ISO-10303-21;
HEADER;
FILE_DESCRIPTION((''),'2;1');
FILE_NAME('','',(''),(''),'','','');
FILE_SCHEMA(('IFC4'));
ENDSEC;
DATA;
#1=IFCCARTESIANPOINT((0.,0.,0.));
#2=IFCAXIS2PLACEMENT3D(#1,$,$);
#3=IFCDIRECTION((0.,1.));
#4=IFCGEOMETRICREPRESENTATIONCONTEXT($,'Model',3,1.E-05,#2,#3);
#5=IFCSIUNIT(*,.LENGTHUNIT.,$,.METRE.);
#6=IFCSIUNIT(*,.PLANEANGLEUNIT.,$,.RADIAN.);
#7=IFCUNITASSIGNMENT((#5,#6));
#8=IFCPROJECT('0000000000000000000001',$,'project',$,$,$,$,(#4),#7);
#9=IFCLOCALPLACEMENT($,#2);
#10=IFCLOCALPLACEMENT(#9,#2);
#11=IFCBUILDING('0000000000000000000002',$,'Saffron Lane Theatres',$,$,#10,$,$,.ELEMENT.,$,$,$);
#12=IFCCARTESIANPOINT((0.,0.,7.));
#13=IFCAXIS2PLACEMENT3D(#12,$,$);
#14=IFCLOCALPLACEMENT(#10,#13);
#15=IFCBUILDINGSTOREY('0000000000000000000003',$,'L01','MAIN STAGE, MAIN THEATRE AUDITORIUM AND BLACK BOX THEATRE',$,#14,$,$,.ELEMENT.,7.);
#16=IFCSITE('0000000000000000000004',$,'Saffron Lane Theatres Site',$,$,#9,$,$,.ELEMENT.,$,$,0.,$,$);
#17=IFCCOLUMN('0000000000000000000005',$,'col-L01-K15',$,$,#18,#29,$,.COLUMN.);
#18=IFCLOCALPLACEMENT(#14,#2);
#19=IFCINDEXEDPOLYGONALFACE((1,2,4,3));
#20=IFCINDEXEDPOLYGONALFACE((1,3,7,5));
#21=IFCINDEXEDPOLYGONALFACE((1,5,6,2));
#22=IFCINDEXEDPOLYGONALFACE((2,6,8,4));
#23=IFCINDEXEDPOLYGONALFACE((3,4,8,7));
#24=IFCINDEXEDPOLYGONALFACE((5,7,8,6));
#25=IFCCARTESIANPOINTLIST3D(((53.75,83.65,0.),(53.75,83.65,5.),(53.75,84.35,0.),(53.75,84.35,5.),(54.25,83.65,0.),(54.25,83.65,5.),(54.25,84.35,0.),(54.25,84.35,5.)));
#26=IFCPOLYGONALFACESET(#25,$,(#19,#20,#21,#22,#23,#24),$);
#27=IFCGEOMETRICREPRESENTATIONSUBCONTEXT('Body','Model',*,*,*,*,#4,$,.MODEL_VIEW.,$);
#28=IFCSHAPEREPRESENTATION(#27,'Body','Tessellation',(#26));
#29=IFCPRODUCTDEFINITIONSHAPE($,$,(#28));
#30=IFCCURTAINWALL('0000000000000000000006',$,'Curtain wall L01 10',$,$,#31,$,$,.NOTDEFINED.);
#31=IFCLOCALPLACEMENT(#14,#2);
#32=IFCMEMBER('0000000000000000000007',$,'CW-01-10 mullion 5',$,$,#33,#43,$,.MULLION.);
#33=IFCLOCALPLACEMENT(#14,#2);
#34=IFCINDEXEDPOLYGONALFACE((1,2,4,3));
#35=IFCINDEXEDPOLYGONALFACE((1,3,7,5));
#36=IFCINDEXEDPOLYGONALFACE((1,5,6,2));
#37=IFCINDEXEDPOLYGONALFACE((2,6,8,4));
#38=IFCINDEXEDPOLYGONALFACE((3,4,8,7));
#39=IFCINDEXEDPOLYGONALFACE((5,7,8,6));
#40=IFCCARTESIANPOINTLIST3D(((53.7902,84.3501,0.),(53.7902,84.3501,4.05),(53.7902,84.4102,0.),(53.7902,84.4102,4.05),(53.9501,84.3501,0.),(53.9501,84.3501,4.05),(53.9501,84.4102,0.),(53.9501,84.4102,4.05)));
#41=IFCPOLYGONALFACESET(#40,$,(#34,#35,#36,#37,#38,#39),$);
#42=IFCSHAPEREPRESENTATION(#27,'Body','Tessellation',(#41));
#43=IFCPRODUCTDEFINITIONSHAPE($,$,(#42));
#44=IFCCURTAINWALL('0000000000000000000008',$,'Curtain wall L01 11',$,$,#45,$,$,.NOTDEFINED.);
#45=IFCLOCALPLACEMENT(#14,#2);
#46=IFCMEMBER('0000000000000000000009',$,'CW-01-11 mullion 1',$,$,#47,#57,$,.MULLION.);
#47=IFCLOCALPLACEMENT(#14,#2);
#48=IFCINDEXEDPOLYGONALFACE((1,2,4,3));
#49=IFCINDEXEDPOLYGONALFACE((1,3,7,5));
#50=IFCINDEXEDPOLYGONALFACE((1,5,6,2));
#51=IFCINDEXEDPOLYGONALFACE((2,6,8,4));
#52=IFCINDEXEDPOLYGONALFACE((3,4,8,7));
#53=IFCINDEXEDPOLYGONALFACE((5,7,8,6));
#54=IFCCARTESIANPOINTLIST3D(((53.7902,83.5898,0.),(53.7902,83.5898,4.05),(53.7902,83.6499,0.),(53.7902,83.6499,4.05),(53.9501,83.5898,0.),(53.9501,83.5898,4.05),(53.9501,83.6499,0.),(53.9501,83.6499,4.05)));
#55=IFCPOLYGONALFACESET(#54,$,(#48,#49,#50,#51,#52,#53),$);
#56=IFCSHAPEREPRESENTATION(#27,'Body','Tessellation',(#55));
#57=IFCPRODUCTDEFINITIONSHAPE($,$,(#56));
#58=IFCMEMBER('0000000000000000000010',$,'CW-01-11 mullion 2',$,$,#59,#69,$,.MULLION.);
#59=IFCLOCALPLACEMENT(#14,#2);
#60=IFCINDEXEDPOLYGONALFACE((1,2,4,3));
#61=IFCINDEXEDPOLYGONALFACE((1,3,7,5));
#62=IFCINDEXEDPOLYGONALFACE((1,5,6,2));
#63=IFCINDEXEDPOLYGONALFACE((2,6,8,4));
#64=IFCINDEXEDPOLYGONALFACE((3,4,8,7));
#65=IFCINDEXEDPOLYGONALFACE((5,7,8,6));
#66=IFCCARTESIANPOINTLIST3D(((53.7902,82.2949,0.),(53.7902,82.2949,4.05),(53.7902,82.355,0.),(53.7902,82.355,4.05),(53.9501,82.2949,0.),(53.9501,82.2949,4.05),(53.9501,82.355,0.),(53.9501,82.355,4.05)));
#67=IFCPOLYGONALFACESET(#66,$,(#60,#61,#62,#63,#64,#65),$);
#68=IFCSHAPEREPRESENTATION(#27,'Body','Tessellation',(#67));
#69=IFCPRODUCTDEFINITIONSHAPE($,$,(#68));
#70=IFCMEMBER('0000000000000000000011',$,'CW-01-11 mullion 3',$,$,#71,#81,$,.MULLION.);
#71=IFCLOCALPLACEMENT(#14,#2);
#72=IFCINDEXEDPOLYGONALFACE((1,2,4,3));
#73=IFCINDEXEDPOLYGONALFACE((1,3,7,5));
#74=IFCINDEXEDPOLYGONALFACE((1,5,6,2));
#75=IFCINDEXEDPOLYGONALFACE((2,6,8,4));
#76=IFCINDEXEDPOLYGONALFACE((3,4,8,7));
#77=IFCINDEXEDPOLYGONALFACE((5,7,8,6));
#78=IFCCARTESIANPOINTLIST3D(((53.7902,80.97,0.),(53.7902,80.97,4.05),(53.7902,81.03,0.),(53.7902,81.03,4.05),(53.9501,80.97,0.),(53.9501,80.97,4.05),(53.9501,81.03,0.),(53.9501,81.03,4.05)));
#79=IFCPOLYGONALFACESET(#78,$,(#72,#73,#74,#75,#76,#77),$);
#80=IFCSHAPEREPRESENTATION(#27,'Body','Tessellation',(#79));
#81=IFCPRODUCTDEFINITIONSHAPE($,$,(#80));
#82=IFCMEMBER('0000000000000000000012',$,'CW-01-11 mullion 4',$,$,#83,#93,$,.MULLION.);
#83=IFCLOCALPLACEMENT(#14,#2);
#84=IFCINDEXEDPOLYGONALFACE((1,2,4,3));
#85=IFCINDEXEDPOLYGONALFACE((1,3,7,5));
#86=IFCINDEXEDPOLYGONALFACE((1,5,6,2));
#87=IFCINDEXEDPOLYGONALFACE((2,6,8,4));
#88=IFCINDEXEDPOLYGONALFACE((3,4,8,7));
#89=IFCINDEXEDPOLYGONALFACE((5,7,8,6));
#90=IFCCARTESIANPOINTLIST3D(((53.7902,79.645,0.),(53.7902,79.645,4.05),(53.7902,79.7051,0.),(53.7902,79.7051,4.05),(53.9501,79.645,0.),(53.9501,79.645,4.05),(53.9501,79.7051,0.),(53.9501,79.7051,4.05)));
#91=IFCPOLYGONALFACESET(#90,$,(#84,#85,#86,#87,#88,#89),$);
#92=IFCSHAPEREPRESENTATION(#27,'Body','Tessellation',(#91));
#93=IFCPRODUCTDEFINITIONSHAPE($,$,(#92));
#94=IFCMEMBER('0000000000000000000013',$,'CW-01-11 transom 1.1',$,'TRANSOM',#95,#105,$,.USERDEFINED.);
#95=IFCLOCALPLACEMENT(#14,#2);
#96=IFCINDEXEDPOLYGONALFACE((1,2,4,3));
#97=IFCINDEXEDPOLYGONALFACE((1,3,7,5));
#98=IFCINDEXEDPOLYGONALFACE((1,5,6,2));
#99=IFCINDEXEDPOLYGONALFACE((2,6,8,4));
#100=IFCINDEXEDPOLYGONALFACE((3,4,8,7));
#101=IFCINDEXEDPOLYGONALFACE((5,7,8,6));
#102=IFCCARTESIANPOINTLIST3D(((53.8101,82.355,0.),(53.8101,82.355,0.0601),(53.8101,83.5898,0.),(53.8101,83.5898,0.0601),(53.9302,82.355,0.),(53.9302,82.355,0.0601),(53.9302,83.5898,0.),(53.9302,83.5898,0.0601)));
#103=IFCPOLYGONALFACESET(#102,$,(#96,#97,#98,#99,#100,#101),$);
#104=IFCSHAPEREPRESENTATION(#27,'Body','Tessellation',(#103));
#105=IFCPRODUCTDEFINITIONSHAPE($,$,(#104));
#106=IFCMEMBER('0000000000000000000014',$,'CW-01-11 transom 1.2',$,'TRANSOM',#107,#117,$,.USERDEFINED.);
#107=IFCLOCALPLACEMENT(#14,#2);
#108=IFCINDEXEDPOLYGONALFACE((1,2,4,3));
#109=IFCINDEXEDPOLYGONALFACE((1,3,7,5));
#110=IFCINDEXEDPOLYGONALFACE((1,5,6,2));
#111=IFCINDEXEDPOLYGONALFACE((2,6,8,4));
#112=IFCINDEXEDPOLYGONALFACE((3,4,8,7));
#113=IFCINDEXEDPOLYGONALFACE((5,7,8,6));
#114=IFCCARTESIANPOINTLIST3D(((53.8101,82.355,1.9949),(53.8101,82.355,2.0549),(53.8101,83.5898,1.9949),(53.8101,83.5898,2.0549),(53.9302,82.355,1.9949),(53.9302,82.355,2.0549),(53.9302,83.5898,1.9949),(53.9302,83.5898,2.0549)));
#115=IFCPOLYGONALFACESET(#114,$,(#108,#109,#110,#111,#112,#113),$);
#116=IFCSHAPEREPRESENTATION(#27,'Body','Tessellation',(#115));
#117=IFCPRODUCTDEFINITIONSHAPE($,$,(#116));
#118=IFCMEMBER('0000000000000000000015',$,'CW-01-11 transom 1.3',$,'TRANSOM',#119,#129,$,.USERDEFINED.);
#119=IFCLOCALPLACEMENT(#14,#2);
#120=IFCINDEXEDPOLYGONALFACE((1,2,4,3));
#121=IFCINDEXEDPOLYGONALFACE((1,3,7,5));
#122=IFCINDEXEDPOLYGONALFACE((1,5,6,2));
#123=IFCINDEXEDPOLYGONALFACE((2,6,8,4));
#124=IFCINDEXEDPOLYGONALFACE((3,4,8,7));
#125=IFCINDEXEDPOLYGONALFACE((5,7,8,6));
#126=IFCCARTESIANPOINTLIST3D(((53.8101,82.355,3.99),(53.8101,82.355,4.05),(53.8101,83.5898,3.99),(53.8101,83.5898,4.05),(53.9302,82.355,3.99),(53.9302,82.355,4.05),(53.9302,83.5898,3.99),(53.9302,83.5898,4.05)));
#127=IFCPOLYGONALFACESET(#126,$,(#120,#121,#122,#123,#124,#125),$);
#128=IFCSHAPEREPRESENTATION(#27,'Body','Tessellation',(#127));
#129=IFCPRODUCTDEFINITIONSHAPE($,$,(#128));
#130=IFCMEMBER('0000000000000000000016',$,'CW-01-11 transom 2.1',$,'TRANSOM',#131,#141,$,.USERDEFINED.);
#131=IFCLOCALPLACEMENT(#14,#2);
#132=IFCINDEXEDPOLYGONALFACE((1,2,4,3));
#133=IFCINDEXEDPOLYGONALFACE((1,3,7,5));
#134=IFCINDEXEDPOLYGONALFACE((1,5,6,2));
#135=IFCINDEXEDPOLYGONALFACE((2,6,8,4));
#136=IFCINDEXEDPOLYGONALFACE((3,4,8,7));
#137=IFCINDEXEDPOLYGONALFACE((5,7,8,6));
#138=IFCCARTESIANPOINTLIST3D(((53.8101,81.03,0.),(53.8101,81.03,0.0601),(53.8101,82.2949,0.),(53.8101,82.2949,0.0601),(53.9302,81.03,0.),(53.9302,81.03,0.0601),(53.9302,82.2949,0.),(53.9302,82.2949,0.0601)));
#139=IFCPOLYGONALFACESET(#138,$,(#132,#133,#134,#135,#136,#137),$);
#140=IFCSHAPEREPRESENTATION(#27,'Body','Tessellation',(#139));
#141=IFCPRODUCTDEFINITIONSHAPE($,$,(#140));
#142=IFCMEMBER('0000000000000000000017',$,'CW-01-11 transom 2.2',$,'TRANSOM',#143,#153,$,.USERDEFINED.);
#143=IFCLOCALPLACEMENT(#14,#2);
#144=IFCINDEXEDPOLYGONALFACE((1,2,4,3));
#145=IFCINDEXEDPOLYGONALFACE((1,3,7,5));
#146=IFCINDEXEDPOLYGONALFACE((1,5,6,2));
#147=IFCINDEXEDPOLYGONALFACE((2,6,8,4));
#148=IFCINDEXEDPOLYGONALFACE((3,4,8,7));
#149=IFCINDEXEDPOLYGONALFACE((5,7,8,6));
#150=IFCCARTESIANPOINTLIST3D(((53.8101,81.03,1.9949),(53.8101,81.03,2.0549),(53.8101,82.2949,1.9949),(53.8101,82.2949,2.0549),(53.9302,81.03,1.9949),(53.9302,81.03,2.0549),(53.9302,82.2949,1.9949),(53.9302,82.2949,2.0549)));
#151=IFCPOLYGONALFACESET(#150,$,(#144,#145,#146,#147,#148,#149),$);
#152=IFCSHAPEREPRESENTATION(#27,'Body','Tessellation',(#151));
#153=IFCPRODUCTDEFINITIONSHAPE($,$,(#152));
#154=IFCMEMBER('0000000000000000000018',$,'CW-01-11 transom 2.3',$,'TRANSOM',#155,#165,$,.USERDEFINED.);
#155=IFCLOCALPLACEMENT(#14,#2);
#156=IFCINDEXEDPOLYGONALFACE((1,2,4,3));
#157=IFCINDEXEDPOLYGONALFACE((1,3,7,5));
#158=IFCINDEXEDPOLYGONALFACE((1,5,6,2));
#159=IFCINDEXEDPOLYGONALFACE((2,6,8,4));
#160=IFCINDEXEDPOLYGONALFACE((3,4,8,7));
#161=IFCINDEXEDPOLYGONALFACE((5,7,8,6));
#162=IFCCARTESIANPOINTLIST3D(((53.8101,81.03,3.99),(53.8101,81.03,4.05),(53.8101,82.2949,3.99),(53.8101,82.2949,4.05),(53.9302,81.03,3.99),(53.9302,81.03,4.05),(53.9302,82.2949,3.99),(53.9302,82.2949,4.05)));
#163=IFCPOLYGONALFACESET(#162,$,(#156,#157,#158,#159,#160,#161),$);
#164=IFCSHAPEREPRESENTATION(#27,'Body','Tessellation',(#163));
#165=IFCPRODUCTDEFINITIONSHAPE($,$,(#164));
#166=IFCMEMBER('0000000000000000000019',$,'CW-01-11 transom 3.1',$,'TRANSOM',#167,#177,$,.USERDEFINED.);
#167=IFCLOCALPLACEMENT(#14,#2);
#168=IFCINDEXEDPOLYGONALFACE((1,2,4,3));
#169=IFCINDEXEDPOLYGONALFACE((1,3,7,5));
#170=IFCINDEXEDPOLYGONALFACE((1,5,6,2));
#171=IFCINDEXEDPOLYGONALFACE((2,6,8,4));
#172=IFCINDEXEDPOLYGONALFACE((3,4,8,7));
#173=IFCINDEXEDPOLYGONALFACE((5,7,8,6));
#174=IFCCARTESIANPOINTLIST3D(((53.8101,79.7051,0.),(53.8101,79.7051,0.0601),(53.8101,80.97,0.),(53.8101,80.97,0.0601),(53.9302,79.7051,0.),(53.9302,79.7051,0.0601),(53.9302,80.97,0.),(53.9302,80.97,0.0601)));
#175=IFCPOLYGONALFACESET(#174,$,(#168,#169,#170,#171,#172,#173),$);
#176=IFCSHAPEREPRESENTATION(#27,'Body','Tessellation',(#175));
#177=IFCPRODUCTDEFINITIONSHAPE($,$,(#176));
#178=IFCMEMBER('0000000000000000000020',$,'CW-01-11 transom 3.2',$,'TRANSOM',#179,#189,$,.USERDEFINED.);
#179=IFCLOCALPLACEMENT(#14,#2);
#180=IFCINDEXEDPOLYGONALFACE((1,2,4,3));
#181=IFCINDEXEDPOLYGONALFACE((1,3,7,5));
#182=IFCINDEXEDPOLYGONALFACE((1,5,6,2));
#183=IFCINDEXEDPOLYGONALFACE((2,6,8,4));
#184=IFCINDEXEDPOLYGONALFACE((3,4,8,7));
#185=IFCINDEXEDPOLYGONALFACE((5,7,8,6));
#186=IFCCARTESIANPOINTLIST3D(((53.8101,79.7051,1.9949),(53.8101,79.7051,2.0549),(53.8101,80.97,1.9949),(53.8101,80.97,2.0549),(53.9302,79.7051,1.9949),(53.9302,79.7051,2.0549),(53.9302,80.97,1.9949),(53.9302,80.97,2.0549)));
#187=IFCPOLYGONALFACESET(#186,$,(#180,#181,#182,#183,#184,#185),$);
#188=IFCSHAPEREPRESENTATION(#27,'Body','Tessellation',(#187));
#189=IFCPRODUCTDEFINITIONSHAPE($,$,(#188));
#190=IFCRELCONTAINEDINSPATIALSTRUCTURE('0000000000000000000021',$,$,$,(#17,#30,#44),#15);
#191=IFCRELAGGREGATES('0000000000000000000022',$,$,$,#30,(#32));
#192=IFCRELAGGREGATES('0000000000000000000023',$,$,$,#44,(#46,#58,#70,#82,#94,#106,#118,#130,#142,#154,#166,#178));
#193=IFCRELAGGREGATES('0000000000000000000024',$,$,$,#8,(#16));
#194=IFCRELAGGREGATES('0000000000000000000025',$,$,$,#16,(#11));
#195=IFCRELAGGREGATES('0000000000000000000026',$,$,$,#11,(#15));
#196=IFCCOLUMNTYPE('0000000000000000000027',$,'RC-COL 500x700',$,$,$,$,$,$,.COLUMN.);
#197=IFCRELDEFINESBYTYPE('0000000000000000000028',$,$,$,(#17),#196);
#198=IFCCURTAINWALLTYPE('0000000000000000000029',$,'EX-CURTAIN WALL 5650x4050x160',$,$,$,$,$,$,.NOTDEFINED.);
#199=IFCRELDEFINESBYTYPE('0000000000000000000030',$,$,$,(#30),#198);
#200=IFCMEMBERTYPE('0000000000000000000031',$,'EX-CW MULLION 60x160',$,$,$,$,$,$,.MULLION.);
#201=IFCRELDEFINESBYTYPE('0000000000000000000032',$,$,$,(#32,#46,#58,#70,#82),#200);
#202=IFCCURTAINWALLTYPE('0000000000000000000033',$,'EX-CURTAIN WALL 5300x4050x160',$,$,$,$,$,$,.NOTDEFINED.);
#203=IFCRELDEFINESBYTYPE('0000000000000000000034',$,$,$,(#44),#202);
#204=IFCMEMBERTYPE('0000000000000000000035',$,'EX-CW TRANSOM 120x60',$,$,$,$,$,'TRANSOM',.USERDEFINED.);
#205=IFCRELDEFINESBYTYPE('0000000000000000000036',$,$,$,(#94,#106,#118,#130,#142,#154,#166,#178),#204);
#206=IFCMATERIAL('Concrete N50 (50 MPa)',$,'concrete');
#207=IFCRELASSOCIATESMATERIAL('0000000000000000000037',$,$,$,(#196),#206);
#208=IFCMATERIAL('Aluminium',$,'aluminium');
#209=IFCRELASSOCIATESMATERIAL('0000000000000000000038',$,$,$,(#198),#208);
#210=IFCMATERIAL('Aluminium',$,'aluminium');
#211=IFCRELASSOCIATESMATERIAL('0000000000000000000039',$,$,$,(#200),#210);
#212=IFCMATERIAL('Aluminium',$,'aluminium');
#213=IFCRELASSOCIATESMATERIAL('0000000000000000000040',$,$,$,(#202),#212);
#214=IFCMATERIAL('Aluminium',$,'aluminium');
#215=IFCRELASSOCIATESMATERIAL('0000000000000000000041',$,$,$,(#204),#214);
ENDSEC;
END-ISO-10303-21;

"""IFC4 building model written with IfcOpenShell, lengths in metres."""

from ifc_helpers import new_model, si_unit, direction, frame, origin, origin_2d, place, context, subcontext, project, spatial, rectangle, extrude, material, material_profile, profile_set, type_object, element, aggregate, save


model = new_model("IFC4")

# Units and contexts
model_context = context("Model", 3, precision=1e-05, world=origin(), true_north=direction((0.0, 1.0)))
body_context = subcontext(model_context, "Body", "Model", "MODEL_VIEW")
ifc_project = project(units=[si_unit("LENGTHUNIT", "METRE"), si_unit("PLANEANGLEUNIT", "RADIAN")], contexts=[model_context])

# Site, building, storey
site_placement = place(None, origin())
site = spatial("IfcSite", under=ifc_project, at=site_placement, Name="Saffron Lane Theatres Site", CompositionType="ELEMENT", RefElevation=0.0)
building_placement = place(site_placement, origin())
building = spatial("IfcBuilding", under=site, at=building_placement, Name="Saffron Lane Theatres", CompositionType="ELEMENT")
storey_placement = place(building_placement, frame((0.0, 0.0, 7.0)))
storey = spatial("IfcBuildingStorey", under=building, at=storey_placement, Name="L01", Description="MAIN STAGE, MAIN THEATRE AUDITORIUM AND BLACK BOX THEATRE", CompositionType="ELEMENT", Elevation=7.0)

# Column
ifc_material_1 = material(Name="Concrete N50 (50 MPa)", Category="concrete")
ifc_material_profile_1 = material_profile(ifc_material_1, rectangle(XDim=0.5, YDim=0.7, at=origin_2d()))
ifc_profile_set_1 = profile_set([ifc_material_profile_1], Name="Concrete N50 (50 MPa)")
column_type = type_object("IfcColumnType", Name="RC-COL 500x700", PredefinedType="COLUMN", material=ifc_profile_set_1)
column_placement = place(storey_placement, frame((54.0, 84.0, 0.0), z_axis=(0.0, 0.0, 1.0), x_axis=(1.0, 0.0, 0.0)))
element("IfcColumn", 1, at=column_placement, inside=storey, type_object=column_type, Name="col-L01-K15", PredefinedType="COLUMN", context=body_context, shape_type="SweptSolid", body=[
    extrude(rectangle(XDim=0.5, YDim=0.7, at=origin_2d()), origin(), (0.0, 0.0, 1.0), 5.0),
])

# Curtain wall, member
ifc_material_2 = material(Name="Aluminium", Category="aluminium")
curtain_wall_type_1 = type_object("IfcCurtainWallType", Name="EX-CURTAIN WALL 5650x4050x160", PredefinedType="NOTDEFINED", material=ifc_material_2)
curtain_wall_1_placement = place(storey_placement, origin())
curtain_wall_1 = element("IfcCurtainWall", 2, at=curtain_wall_1_placement, inside=storey, type_object=curtain_wall_type_1, Name="Curtain wall L01 10", PredefinedType="NOTDEFINED")
ifc_material_3 = material(Name="Aluminium", Category="aluminium")
ifc_material_profile_2 = material_profile(ifc_material_3, rectangle(XDim=0.0601, YDim=0.1599, at=origin_2d()))
ifc_profile_set_2 = profile_set([ifc_material_profile_2], Name="Aluminium")
member_type_1 = type_object("IfcMemberType", Name="EX-CW MULLION 60x160", PredefinedType="MULLION", material=ifc_profile_set_2)
member_1_placement = place(storey_placement, frame((53.8701, 84.3801, 0.0), z_axis=(0.0, 0.0, 1.0), x_axis=(0.0, -1.0, 0.0)))
member_1 = element("IfcMember", 3, at=member_1_placement, type_object=member_type_1, Name="CW-01-10 mullion 5", PredefinedType="MULLION", context=body_context, shape_type="SweptSolid", body=[
    extrude(rectangle(XDim=0.0601, YDim=0.1599, at=origin_2d()), origin(), (0.0, 0.0, 1.0), 4.05),
])

# Curtain wall, members
ifc_material_4 = material(Name="Aluminium", Category="aluminium")
curtain_wall_type_2 = type_object("IfcCurtainWallType", Name="EX-CURTAIN WALL 5300x4050x160", PredefinedType="NOTDEFINED", material=ifc_material_4)
curtain_wall_2_placement = place(storey_placement, origin())
curtain_wall_2 = element("IfcCurtainWall", 4, at=curtain_wall_2_placement, inside=storey, type_object=curtain_wall_type_2, Name="Curtain wall L01 11", PredefinedType="NOTDEFINED")
member_2_placement = place(storey_placement, frame((53.8701, 83.6199, 0.0), z_axis=(0.0, 0.0, 1.0), x_axis=(0.0, -1.0, 0.0)))
member_2 = element("IfcMember", 5, at=member_2_placement, type_object=member_type_1, Name="CW-01-11 mullion 1", PredefinedType="MULLION", context=body_context, shape_type="SweptSolid", body=[
    extrude(rectangle(XDim=0.0601, YDim=0.1599, at=origin_2d()), origin(), (0.0, 0.0, 1.0), 4.05),
])
member_3_placement = place(storey_placement, frame((53.8701, 82.325, 0.0), z_axis=(0.0, 0.0, 1.0), x_axis=(0.0, -1.0, 0.0)))
member_3 = element("IfcMember", 6, at=member_3_placement, type_object=member_type_1, Name="CW-01-11 mullion 2", PredefinedType="MULLION", context=body_context, shape_type="SweptSolid", body=[
    extrude(rectangle(XDim=0.0601, YDim=0.1599, at=origin_2d()), origin(), (0.0, 0.0, 1.0), 4.05),
])
member_4_placement = place(storey_placement, frame((53.8701, 81.0, 0.0), z_axis=(0.0, 0.0, 1.0), x_axis=(0.0, -1.0, 0.0)))
member_4 = element("IfcMember", 7, at=member_4_placement, type_object=member_type_1, Name="CW-01-11 mullion 3", PredefinedType="MULLION", context=body_context, shape_type="SweptSolid", body=[
    extrude(rectangle(XDim=0.0601, YDim=0.1599, at=origin_2d()), origin(), (0.0, 0.0, 1.0), 4.05),
])
member_5_placement = place(storey_placement, frame((53.8701, 79.675, 0.0), z_axis=(0.0, 0.0, 1.0), x_axis=(0.0, -1.0, 0.0)))
member_5 = element("IfcMember", 8, at=member_5_placement, type_object=member_type_1, Name="CW-01-11 mullion 4", PredefinedType="MULLION", context=body_context, shape_type="SweptSolid", body=[
    extrude(rectangle(XDim=0.0601, YDim=0.1599, at=origin_2d()), origin(), (0.0, 0.0, 1.0), 4.05),
])
ifc_material_5 = material(Name="Aluminium", Category="aluminium")
ifc_material_profile_3 = material_profile(ifc_material_5, rectangle(XDim=0.1201, YDim=0.0601, at=origin_2d()))
ifc_profile_set_3 = profile_set([ifc_material_profile_3], Name="Aluminium")
member_type_2 = type_object("IfcMemberType", Name="EX-CW TRANSOM 120x60", ElementType="TRANSOM", PredefinedType="USERDEFINED", material=ifc_profile_set_3)
member_6_placement = place(storey_placement, frame((53.8701, 83.5898, 0.03), z_axis=(0.0, -1.0, 0.0), x_axis=(1.0, 0.0, 0.0)))
member_6 = element("IfcMember", 9, at=member_6_placement, type_object=member_type_2, Name="CW-01-11 transom 1.1", ObjectType="TRANSOM", PredefinedType="USERDEFINED", context=body_context, shape_type="SweptSolid", body=[
    extrude(rectangle(XDim=0.1201, YDim=0.0601, at=origin_2d()), origin(), (0.0, 0.0, 1.0), 1.2349),
])
member_7_placement = place(storey_placement, frame((53.8701, 83.5898, 2.0249), z_axis=(0.0, -1.0, 0.0), x_axis=(1.0, 0.0, 0.0)))
member_7 = element("IfcMember", 10, at=member_7_placement, type_object=member_type_2, Name="CW-01-11 transom 1.2", ObjectType="TRANSOM", PredefinedType="USERDEFINED", context=body_context, shape_type="SweptSolid", body=[
    extrude(rectangle(XDim=0.1201, YDim=0.0601, at=origin_2d()), origin(), (0.0, 0.0, 1.0), 1.2349),
])
member_8_placement = place(storey_placement, frame((53.8701, 83.5898, 4.02), z_axis=(0.0, -1.0, 0.0), x_axis=(1.0, 0.0, 0.0)))
member_8 = element("IfcMember", 11, at=member_8_placement, type_object=member_type_2, Name="CW-01-11 transom 1.3", ObjectType="TRANSOM", PredefinedType="USERDEFINED", context=body_context, shape_type="SweptSolid", body=[
    extrude(rectangle(XDim=0.1201, YDim=0.0601, at=origin_2d()), origin(), (0.0, 0.0, 1.0), 1.2349),
])
member_9_placement = place(storey_placement, frame((53.8701, 82.2949, 0.03), z_axis=(0.0, -1.0, 0.0), x_axis=(1.0, 0.0, 0.0)))
member_9 = element("IfcMember", 12, at=member_9_placement, type_object=member_type_2, Name="CW-01-11 transom 2.1", ObjectType="TRANSOM", PredefinedType="USERDEFINED", context=body_context, shape_type="SweptSolid", body=[
    extrude(rectangle(XDim=0.1201, YDim=0.0601, at=origin_2d()), origin(), (0.0, 0.0, 1.0), 1.2649),
])
member_10_placement = place(storey_placement, frame((53.8701, 82.2949, 2.0249), z_axis=(0.0, -1.0, 0.0), x_axis=(1.0, 0.0, 0.0)))
member_10 = element("IfcMember", 13, at=member_10_placement, type_object=member_type_2, Name="CW-01-11 transom 2.2", ObjectType="TRANSOM", PredefinedType="USERDEFINED", context=body_context, shape_type="SweptSolid", body=[
    extrude(rectangle(XDim=0.1201, YDim=0.0601, at=origin_2d()), origin(), (0.0, 0.0, 1.0), 1.2649),
])
member_11_placement = place(storey_placement, frame((53.8701, 82.2949, 4.02), z_axis=(0.0, -1.0, 0.0), x_axis=(1.0, 0.0, 0.0)))
member_11 = element("IfcMember", 14, at=member_11_placement, type_object=member_type_2, Name="CW-01-11 transom 2.3", ObjectType="TRANSOM", PredefinedType="USERDEFINED", context=body_context, shape_type="SweptSolid", body=[
    extrude(rectangle(XDim=0.1201, YDim=0.0601, at=origin_2d()), origin(), (0.0, 0.0, 1.0), 1.2649),
])
member_12_placement = place(storey_placement, frame((53.8701, 80.97, 0.03), z_axis=(0.0, -1.0, 0.0), x_axis=(1.0, 0.0, 0.0)))
member_12 = element("IfcMember", 15, at=member_12_placement, type_object=member_type_2, Name="CW-01-11 transom 3.1", ObjectType="TRANSOM", PredefinedType="USERDEFINED", context=body_context, shape_type="SweptSolid", body=[
    extrude(rectangle(XDim=0.1201, YDim=0.0601, at=origin_2d()), origin(), (0.0, 0.0, 1.0), 1.2649),
])
member_13_placement = place(storey_placement, frame((53.8701, 80.97, 2.0249), z_axis=(0.0, -1.0, 0.0), x_axis=(1.0, 0.0, 0.0)))
member_13 = element("IfcMember", 16, at=member_13_placement, type_object=member_type_2, Name="CW-01-11 transom 3.2", ObjectType="TRANSOM", PredefinedType="USERDEFINED", context=body_context, shape_type="SweptSolid", body=[
    extrude(rectangle(XDim=0.1201, YDim=0.0601, at=origin_2d()), origin(), (0.0, 0.0, 1.0), 1.2649),
])

aggregate(curtain_wall_1, [member_1])
aggregate(curtain_wall_2, [member_2, member_3, member_4, member_5, member_6, member_7, member_8, member_9, member_10, member_11, member_12, member_13])

save(model, "model.ifc")
